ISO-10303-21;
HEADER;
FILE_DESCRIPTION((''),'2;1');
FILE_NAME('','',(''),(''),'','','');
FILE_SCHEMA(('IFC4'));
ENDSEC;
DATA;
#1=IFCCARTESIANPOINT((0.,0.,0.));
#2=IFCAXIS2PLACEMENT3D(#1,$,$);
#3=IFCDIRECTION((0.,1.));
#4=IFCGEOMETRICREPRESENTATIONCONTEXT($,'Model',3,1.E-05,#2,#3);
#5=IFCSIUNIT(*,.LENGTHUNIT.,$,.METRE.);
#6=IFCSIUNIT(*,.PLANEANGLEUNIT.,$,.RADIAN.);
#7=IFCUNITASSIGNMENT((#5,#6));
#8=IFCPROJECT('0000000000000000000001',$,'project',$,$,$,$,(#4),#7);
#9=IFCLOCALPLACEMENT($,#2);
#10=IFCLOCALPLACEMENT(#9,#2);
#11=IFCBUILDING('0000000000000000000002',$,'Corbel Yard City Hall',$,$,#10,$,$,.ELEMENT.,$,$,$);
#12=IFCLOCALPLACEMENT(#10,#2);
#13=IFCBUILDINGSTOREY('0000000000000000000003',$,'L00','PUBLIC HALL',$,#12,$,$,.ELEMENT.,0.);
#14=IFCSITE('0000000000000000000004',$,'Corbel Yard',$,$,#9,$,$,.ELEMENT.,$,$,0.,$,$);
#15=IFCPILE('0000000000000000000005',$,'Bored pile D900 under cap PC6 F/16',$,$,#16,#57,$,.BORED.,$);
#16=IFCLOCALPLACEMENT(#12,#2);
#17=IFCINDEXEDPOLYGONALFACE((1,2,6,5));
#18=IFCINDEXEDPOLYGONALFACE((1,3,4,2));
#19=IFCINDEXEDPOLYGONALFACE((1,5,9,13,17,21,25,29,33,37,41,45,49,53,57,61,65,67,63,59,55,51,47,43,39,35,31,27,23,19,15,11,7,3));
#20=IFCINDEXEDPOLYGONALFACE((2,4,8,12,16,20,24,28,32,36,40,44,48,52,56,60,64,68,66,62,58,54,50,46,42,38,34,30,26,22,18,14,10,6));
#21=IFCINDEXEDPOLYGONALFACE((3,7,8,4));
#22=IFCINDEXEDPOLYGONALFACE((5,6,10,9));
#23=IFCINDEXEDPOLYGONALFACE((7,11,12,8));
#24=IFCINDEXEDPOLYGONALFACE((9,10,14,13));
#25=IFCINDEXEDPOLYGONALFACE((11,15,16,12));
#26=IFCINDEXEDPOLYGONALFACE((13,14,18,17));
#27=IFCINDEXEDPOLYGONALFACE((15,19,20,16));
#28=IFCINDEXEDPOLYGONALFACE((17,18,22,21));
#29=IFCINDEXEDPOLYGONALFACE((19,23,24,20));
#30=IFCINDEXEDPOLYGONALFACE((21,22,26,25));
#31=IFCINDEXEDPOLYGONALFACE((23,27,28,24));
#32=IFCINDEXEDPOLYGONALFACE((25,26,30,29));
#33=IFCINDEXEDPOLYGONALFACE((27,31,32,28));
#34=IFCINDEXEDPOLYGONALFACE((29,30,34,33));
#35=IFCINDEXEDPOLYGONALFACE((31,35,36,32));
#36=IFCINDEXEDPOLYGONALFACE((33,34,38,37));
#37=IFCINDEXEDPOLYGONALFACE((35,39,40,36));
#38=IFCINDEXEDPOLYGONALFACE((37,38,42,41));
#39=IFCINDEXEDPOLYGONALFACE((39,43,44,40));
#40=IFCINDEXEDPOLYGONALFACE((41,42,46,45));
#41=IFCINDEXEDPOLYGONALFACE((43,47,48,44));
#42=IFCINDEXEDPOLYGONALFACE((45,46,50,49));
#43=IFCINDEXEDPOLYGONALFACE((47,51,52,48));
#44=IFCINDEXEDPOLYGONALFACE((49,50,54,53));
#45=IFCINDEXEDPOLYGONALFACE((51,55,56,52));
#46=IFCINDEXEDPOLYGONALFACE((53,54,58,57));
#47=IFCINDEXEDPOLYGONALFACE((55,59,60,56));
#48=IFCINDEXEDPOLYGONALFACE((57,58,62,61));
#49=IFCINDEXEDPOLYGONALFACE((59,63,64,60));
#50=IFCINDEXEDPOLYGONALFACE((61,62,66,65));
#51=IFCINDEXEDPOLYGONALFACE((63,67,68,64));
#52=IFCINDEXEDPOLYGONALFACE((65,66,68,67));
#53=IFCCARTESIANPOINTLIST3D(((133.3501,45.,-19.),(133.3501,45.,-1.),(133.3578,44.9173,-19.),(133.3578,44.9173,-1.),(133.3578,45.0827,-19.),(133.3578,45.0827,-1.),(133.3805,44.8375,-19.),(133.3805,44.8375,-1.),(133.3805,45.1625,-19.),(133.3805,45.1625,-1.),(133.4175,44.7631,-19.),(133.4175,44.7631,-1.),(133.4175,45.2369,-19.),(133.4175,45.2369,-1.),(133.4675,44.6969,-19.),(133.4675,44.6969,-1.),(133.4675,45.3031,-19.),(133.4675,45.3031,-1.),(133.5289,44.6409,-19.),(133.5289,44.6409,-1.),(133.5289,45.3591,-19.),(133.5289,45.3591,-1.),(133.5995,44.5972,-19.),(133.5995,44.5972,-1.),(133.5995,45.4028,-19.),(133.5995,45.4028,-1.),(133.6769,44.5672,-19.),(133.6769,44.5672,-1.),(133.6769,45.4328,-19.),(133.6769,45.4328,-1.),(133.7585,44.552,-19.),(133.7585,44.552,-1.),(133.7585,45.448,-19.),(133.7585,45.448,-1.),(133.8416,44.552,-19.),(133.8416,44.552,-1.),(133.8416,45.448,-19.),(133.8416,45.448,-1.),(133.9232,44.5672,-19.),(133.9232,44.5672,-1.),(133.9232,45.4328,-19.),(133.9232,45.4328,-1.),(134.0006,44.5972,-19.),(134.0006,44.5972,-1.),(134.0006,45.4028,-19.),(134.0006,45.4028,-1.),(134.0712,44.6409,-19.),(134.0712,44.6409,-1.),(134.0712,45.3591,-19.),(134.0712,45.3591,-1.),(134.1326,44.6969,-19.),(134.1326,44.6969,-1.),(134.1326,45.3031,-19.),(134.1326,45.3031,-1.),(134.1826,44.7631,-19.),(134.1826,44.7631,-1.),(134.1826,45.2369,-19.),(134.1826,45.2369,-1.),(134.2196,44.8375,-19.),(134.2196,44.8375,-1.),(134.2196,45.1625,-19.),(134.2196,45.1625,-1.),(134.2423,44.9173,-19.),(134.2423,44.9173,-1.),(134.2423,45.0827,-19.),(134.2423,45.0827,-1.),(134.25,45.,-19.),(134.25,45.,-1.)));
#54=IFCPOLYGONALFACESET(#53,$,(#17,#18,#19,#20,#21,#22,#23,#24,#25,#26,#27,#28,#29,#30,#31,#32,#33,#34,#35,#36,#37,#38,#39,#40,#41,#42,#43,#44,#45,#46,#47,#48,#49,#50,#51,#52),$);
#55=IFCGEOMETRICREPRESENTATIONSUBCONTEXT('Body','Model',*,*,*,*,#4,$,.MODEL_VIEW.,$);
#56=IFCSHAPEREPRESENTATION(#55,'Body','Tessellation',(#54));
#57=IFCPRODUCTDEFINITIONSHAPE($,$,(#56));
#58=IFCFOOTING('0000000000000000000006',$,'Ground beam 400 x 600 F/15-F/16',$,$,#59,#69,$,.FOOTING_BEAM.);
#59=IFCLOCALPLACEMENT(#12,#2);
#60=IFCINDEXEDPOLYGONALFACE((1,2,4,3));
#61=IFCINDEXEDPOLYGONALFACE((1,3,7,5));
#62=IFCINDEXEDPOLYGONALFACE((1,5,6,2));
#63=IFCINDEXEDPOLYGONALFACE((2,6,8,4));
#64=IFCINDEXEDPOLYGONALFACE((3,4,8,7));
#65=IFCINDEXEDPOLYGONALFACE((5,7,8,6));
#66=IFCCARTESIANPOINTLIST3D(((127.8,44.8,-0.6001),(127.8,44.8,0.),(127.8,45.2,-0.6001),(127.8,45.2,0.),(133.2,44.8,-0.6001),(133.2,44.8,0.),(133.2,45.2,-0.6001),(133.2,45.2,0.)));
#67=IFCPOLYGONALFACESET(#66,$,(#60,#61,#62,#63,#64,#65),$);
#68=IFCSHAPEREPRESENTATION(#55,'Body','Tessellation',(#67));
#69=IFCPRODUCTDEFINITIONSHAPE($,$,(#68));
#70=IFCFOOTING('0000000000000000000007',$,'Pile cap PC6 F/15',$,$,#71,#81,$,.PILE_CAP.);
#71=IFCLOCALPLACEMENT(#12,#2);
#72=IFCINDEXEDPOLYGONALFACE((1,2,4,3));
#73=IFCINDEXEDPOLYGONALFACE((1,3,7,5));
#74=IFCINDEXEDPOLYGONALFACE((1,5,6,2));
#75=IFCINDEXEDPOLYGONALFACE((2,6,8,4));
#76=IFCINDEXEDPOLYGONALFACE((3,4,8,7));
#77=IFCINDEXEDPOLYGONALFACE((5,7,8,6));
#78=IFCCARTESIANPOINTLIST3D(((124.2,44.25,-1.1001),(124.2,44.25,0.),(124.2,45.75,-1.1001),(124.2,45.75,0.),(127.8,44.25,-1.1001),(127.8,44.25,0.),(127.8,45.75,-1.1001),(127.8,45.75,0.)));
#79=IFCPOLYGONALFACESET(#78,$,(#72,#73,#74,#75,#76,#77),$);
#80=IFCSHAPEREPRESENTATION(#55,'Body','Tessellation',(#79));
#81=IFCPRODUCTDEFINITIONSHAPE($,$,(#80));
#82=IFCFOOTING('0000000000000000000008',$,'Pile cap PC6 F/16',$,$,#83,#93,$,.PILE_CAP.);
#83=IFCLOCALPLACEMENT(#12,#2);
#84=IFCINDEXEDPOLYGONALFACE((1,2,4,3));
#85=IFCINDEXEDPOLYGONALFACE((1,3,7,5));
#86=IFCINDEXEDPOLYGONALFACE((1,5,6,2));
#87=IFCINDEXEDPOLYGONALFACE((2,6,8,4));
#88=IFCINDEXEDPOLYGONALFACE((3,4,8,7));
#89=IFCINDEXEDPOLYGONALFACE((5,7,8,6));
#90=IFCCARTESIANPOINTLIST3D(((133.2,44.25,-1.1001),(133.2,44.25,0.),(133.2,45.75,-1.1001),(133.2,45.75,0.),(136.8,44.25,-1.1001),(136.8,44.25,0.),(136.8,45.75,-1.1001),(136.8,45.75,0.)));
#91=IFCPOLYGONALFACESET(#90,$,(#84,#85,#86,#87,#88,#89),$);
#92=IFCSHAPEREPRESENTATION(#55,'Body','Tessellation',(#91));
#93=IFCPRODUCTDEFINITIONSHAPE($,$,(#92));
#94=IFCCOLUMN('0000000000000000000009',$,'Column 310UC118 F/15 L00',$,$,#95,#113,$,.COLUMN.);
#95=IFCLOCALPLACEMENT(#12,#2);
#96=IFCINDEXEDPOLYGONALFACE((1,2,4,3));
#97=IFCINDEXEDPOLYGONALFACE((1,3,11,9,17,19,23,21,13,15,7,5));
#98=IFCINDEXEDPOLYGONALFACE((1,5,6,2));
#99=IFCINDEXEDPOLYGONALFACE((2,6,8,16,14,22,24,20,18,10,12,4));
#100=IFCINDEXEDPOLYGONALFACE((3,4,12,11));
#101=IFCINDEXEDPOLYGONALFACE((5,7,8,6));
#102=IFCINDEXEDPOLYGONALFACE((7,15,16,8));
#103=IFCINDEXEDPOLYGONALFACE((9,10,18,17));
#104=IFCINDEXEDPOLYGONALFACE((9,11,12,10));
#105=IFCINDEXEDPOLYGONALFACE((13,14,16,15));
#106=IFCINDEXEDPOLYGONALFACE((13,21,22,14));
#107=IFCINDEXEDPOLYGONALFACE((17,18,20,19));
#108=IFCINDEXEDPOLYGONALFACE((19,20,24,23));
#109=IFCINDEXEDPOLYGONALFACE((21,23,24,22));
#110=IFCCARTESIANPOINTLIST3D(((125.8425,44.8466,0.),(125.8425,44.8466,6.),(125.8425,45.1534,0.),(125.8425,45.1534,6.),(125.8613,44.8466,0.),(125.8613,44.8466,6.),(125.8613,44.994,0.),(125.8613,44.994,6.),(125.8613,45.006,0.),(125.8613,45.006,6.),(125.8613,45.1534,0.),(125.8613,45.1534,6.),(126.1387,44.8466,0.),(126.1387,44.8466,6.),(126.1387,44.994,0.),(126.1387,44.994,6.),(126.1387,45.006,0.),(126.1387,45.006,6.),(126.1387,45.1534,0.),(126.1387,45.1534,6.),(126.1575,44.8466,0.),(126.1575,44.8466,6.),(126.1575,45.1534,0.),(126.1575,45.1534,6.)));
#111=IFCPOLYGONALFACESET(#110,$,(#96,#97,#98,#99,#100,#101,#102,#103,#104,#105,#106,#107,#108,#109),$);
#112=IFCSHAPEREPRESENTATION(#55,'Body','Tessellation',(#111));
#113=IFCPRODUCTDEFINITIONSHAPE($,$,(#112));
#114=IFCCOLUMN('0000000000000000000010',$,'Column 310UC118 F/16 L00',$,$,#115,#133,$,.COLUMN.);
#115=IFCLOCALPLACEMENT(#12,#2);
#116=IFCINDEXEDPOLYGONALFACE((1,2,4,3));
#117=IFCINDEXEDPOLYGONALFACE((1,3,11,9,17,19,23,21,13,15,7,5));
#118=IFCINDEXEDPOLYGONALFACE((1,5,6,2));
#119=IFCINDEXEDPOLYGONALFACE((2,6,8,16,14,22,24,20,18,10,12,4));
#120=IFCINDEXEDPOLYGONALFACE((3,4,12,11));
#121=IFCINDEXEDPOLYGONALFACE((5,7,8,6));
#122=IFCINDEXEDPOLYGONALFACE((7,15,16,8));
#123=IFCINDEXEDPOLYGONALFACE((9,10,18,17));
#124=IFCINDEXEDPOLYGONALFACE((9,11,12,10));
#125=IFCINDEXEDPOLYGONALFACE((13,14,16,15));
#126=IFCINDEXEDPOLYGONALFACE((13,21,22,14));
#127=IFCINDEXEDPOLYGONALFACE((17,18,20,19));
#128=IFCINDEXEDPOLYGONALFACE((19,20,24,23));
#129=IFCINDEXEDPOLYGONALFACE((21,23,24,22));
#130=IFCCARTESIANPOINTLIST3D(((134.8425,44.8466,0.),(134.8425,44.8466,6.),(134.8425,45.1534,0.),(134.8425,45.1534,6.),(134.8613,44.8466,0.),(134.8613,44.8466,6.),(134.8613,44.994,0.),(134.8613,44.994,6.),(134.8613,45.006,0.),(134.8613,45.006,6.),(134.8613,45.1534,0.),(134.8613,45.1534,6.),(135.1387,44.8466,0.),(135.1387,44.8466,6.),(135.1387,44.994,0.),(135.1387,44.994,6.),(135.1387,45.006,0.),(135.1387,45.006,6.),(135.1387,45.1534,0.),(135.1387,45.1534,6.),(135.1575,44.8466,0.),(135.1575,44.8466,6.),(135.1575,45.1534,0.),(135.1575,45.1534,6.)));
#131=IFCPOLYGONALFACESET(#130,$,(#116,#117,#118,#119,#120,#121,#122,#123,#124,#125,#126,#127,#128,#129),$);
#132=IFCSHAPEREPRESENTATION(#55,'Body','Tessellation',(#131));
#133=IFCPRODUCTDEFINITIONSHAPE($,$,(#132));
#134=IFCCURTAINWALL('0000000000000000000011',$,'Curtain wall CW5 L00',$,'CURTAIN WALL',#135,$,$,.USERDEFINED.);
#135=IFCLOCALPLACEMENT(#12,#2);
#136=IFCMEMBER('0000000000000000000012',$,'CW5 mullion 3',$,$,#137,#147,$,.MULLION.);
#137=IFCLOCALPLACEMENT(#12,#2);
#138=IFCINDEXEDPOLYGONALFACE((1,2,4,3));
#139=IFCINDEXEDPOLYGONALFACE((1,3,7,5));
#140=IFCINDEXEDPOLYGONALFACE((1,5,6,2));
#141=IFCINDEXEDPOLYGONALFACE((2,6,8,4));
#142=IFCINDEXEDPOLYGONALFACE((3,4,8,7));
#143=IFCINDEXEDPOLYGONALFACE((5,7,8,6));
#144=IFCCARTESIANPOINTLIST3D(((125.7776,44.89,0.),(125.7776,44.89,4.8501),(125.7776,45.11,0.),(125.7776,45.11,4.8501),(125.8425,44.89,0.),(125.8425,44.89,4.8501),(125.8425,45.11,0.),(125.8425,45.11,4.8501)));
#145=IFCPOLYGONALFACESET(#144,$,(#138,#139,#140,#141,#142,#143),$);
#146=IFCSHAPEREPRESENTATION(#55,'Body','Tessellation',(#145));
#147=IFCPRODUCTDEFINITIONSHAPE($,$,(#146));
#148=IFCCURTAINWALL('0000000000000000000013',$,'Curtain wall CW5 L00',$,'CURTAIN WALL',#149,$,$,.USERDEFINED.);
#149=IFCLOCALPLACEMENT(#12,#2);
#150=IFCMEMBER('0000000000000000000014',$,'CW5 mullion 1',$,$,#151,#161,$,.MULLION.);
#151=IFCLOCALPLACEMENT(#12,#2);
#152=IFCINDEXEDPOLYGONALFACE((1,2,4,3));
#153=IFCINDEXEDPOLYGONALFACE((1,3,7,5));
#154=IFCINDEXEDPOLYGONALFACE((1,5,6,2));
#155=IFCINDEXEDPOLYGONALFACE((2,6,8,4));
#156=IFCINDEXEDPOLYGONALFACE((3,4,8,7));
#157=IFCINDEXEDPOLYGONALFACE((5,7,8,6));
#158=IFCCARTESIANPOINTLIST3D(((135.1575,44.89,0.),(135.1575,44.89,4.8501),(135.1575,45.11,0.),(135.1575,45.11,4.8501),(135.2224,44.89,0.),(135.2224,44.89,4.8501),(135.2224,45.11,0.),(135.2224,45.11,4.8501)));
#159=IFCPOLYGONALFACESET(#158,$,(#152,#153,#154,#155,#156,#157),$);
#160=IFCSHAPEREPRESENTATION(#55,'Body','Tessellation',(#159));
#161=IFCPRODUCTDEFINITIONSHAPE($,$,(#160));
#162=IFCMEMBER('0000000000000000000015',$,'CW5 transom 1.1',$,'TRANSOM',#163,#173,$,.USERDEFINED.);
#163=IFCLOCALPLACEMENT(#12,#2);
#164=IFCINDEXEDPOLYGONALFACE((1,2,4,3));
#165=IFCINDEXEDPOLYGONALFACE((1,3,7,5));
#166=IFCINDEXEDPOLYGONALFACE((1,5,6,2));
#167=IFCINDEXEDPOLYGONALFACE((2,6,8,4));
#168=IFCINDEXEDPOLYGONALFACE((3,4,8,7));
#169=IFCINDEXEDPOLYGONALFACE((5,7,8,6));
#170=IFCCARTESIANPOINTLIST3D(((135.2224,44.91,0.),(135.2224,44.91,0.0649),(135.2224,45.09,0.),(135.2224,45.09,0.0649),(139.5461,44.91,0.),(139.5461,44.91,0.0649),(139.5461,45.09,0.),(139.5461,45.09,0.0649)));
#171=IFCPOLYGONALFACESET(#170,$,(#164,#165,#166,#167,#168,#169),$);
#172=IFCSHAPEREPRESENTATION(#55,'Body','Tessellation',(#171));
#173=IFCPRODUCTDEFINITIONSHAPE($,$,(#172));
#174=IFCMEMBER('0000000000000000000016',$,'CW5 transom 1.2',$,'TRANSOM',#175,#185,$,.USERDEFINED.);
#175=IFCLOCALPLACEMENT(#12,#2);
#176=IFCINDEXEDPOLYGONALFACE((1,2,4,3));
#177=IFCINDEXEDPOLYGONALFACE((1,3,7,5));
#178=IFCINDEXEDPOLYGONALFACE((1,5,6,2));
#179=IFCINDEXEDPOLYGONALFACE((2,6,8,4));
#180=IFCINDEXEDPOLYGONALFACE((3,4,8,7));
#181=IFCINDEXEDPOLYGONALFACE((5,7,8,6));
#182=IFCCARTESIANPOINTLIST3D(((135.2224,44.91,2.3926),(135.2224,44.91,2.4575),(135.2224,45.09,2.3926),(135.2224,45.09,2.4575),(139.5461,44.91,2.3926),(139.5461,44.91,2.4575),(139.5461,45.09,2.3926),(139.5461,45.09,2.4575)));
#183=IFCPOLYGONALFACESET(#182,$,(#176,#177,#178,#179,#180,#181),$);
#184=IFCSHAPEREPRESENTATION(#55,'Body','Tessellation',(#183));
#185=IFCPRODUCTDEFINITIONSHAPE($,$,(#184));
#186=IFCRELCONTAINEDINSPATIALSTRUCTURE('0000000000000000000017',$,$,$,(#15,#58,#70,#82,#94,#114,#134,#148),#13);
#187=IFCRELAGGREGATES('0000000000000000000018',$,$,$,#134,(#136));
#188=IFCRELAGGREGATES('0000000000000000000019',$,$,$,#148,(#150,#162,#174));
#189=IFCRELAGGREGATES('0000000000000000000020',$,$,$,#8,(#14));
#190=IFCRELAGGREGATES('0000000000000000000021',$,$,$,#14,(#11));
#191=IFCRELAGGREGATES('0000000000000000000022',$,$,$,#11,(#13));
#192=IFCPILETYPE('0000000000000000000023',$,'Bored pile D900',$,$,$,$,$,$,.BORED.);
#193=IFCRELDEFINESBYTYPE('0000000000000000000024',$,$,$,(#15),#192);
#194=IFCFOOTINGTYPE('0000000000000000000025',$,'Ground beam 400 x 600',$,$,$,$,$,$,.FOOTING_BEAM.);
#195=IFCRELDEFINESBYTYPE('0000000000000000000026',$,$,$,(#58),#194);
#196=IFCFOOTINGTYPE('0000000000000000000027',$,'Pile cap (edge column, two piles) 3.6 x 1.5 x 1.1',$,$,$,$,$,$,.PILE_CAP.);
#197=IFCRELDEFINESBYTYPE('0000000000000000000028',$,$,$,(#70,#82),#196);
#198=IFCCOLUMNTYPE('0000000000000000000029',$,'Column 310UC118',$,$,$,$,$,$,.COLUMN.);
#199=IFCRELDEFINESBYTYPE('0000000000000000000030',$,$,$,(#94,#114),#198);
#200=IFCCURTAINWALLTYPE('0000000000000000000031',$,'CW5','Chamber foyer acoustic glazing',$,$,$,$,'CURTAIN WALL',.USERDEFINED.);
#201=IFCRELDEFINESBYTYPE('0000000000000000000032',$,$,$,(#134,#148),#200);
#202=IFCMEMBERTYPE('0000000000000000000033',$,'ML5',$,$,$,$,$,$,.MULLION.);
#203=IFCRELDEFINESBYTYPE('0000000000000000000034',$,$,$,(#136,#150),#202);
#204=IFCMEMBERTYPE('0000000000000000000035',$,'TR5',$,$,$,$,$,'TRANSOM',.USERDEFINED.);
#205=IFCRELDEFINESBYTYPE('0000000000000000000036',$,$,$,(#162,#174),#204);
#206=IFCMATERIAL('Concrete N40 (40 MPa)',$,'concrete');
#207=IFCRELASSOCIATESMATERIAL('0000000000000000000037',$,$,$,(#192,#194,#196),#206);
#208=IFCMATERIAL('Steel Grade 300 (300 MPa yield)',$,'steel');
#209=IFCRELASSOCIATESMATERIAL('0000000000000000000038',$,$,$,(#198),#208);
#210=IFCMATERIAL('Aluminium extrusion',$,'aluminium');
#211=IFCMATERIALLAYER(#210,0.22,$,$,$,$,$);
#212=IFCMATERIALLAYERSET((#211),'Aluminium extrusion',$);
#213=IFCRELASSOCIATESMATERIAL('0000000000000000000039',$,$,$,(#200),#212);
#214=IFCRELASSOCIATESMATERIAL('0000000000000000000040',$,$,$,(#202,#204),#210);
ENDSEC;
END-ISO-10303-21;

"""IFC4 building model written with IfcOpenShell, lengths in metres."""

from ifc_helpers import new_model, si_unit, direction, frame, origin, origin_2d, place, context, subcontext, project, spatial, rectangle, circle, i_section, extrude, material, layer, layer_set, material_profile, profile_set, type_object, element, aggregate, save


model = new_model("IFC4")

# Units and contexts
model_context = context("Model", 3, precision=1e-05, world=origin(), true_north=direction((0.0, 1.0)))
body_context = subcontext(model_context, "Body", "Model", "MODEL_VIEW")
ifc_project = project(units=[si_unit("LENGTHUNIT", "METRE"), si_unit("PLANEANGLEUNIT", "RADIAN")], contexts=[model_context])

# Site, building, storey
site_placement = place(None, origin())
site = spatial("IfcSite", under=ifc_project, at=site_placement, Name="Corbel Yard", CompositionType="ELEMENT", RefElevation=0.0)
building_placement = place(site_placement, origin())
building = spatial("IfcBuilding", under=site, at=building_placement, Name="Corbel Yard City Hall", CompositionType="ELEMENT")
storey_placement = place(building_placement, origin())
storey = spatial("IfcBuildingStorey", under=building, at=storey_placement, Name="L00", Description="PUBLIC HALL", CompositionType="ELEMENT", Elevation=0.0)

# Pile
ifc_material_1 = material(Name="Concrete N40 (40 MPa)", Category="concrete")
ifc_material_profile_1 = material_profile(ifc_material_1, circle(Radius=0.45, at=origin_2d()), Name="D900")
ifc_profile_set_1 = profile_set([ifc_material_profile_1], Name="Concrete N40 (40 MPa)")
pile_type = type_object("IfcPileType", Name="Bored pile D900", PredefinedType="BORED", material=ifc_profile_set_1)
for number, where, z_axis, x_axis, name in (
    (1, (133.8, 45.0, -1.0), (0.0, 0.0, -1.0), (1.0, 0.0, 0.0), "Bored pile D900 under cap PC6 F/16"),
):
    element("IfcPile", number, at=place(storey_placement, frame(where, z_axis=z_axis, x_axis=x_axis)), inside=storey, type_object=pile_type, Name=name, PredefinedType="BORED", context=body_context, shape_type="SweptSolid", body=[
        extrude(circle(Radius=0.45, at=origin_2d()), origin(), (0.0, 0.0, 1.0), 18.0),
    ])

# Footings
footing_type_1 = type_object("IfcFootingType", Name="Ground beam 400 x 600", PredefinedType="FOOTING_BEAM", material=ifc_material_1)
footing_placement = place(storey_placement, frame((130.5, 45.0, -0.6001), z_axis=(0.0, 0.0, 1.0), x_axis=(1.0, 0.0, 0.0)))
element("IfcFooting", 2, at=footing_placement, inside=storey, type_object=footing_type_1, Name="Ground beam 400 x 600 F/15-F/16", PredefinedType="FOOTING_BEAM", context=body_context, shape_type="SweptSolid", body=[
    extrude(rectangle(XDim=5.3999, YDim=0.3999, at=origin_2d()), origin(), (0.0, 0.0, 1.0), 0.6001),
])
footing_type_2 = type_object("IfcFootingType", Name="Pile cap (edge column, two piles) 3.6 x 1.5 x 1.1", PredefinedType="PILE_CAP", material=ifc_material_1)
for number, where, z_axis, x_axis, name in (
    (3, (126.0, 45.0, -1.1001), (0.0, 0.0, 1.0), (1.0, 0.0, 0.0), "Pile cap PC6 F/15"),
    (4, (135.0, 45.0, -1.1001), (0.0, 0.0, 1.0), (1.0, 0.0, 0.0), "Pile cap PC6 F/16"),
):
    element("IfcFooting", number, at=place(storey_placement, frame(where, z_axis=z_axis, x_axis=x_axis)), inside=storey, type_object=footing_type_2, Name=name, PredefinedType="PILE_CAP", context=body_context, shape_type="SweptSolid", body=[
        extrude(rectangle(XDim=3.6001, YDim=1.5, at=origin_2d()), origin(), (0.0, 0.0, 1.0), 1.1001),
    ])

# Columns
ifc_material_2 = material(Name="Steel Grade 300 (300 MPa yield)", Category="steel")
ifc_material_profile_2 = material_profile(ifc_material_2, i_section(OverallWidth=0.3069, OverallDepth=0.3149, WebThickness=0.012, FlangeThickness=0.0188, at=origin_2d()), Name="310UC118")
ifc_profile_set_2 = profile_set([ifc_material_profile_2], Name="Steel Grade 300 (300 MPa yield)")
column_type = type_object("IfcColumnType", Name="Column 310UC118", PredefinedType="COLUMN", material=ifc_profile_set_2)
for number, where, z_axis, x_axis, name in (
    (5, (126.0, 45.0, 0.0), (0.0, 0.0, 1.0), (0.0, 1.0, 0.0), "Column 310UC118 F/15 L00"),
    (6, (135.0, 45.0, 0.0), (0.0, 0.0, 1.0), (0.0, 1.0, 0.0), "Column 310UC118 F/16 L00"),
):
    element("IfcColumn", number, at=place(storey_placement, frame(where, z_axis=z_axis, x_axis=x_axis)), inside=storey, type_object=column_type, Name=name, PredefinedType="COLUMN", context=body_context, shape_type="SweptSolid", body=[
        extrude(i_section(OverallWidth=0.3069, OverallDepth=0.3149, WebThickness=0.012, FlangeThickness=0.0188, at=origin_2d()), origin(), (0.0, 0.0, 1.0), 6.0),
    ])

# Curtain wall, member
ifc_material_3 = material(Name="Aluminium extrusion", Category="aluminium")
ifc_layer_1 = layer(ifc_material_3, 0.22)
ifc_layer_set_1 = layer_set([ifc_layer_1], Name="Aluminium extrusion")
curtain_wall_type_1 = type_object("IfcCurtainWallType", Name="CW5", Description="Chamber foyer acoustic glazing", ElementType="CURTAIN WALL", PredefinedType="USERDEFINED", material=ifc_layer_set_1)
curtain_wall_1_placement = place(storey_placement, origin())
curtain_wall_1 = element("IfcCurtainWall", 7, at=curtain_wall_1_placement, inside=storey, type_object=curtain_wall_type_1, Name="Curtain wall CW5 L00", ObjectType="CURTAIN WALL", PredefinedType="USERDEFINED")
ifc_material_profile_3 = material_profile(ifc_material_3, rectangle(XDim=0.22, YDim=0.0649, at=origin_2d()), Name="220x65")
ifc_profile_set_3 = profile_set([ifc_material_profile_3], Name="Aluminium extrusion")
member_type_1 = type_object("IfcMemberType", Name="ML5", PredefinedType="MULLION", material=ifc_profile_set_3)
member_1_placement = place(storey_placement, frame((125.8101, 45.0, 0.0), z_axis=(0.0, 0.0, 1.0), x_axis=(0.0, 1.0, 0.0)))
member_1 = element("IfcMember", 8, at=member_1_placement, type_object=member_type_1, Name="CW5 mullion 3", PredefinedType="MULLION", context=body_context, shape_type="SweptSolid", body=[
    extrude(rectangle(XDim=0.22, YDim=0.0649, at=origin_2d()), origin(), (0.0, 0.0, 1.0), 4.8501),
])
aggregate(curtain_wall_1, [member_1])

# Curtain wall, members
curtain_wall_2_placement = place(storey_placement, origin())
curtain_wall_2 = element("IfcCurtainWall", 9, at=curtain_wall_2_placement, inside=storey, type_object=curtain_wall_type_1, Name="Curtain wall CW5 L00", ObjectType="CURTAIN WALL", PredefinedType="USERDEFINED")
member_2_placement = place(storey_placement, frame((135.1899, 45.0, 0.0), z_axis=(0.0, 0.0, 1.0), x_axis=(0.0, 1.0, 0.0)))
member_2 = element("IfcMember", 10, at=member_2_placement, type_object=member_type_1, Name="CW5 mullion 1", PredefinedType="MULLION", context=body_context, shape_type="SweptSolid", body=[
    extrude(rectangle(XDim=0.22, YDim=0.0649, at=origin_2d()), origin(), (0.0, 0.0, 1.0), 4.8501),
])
ifc_material_profile_4 = material_profile(ifc_material_3, rectangle(XDim=0.1799, YDim=0.0649, at=origin_2d()), Name="180x65")
ifc_profile_set_4 = profile_set([ifc_material_profile_4], Name="Aluminium extrusion")
member_type_2 = type_object("IfcMemberType", Name="TR5", ElementType="TRANSOM", PredefinedType="USERDEFINED", material=ifc_profile_set_4)
member_3_placement = place(storey_placement, frame((135.2224, 45.0, 0.0325), z_axis=(1.0, 0.0, 0.0), x_axis=(0.0, 1.0, 0.0)))
member_3 = element("IfcMember", 11, at=member_3_placement, type_object=member_type_2, Name="CW5 transom 1.1", ObjectType="TRANSOM", PredefinedType="USERDEFINED", context=body_context, shape_type="SweptSolid", body=[
    extrude(rectangle(XDim=0.1799, YDim=0.0649, at=origin_2d()), origin(), (0.0, 0.0, 1.0), 4.3237),
])
member_4_placement = place(storey_placement, frame((135.2224, 45.0, 2.425), z_axis=(1.0, 0.0, 0.0), x_axis=(0.0, 1.0, 0.0)))
member_4 = element("IfcMember", 12, at=member_4_placement, type_object=member_type_2, Name="CW5 transom 1.2", ObjectType="TRANSOM", PredefinedType="USERDEFINED", context=body_context, shape_type="SweptSolid", body=[
    extrude(rectangle(XDim=0.1799, YDim=0.0649, at=origin_2d()), origin(), (0.0, 0.0, 1.0), 4.3237),
])
aggregate(curtain_wall_2, [member_2, member_3, member_4])

save(model, "model.ifc")
